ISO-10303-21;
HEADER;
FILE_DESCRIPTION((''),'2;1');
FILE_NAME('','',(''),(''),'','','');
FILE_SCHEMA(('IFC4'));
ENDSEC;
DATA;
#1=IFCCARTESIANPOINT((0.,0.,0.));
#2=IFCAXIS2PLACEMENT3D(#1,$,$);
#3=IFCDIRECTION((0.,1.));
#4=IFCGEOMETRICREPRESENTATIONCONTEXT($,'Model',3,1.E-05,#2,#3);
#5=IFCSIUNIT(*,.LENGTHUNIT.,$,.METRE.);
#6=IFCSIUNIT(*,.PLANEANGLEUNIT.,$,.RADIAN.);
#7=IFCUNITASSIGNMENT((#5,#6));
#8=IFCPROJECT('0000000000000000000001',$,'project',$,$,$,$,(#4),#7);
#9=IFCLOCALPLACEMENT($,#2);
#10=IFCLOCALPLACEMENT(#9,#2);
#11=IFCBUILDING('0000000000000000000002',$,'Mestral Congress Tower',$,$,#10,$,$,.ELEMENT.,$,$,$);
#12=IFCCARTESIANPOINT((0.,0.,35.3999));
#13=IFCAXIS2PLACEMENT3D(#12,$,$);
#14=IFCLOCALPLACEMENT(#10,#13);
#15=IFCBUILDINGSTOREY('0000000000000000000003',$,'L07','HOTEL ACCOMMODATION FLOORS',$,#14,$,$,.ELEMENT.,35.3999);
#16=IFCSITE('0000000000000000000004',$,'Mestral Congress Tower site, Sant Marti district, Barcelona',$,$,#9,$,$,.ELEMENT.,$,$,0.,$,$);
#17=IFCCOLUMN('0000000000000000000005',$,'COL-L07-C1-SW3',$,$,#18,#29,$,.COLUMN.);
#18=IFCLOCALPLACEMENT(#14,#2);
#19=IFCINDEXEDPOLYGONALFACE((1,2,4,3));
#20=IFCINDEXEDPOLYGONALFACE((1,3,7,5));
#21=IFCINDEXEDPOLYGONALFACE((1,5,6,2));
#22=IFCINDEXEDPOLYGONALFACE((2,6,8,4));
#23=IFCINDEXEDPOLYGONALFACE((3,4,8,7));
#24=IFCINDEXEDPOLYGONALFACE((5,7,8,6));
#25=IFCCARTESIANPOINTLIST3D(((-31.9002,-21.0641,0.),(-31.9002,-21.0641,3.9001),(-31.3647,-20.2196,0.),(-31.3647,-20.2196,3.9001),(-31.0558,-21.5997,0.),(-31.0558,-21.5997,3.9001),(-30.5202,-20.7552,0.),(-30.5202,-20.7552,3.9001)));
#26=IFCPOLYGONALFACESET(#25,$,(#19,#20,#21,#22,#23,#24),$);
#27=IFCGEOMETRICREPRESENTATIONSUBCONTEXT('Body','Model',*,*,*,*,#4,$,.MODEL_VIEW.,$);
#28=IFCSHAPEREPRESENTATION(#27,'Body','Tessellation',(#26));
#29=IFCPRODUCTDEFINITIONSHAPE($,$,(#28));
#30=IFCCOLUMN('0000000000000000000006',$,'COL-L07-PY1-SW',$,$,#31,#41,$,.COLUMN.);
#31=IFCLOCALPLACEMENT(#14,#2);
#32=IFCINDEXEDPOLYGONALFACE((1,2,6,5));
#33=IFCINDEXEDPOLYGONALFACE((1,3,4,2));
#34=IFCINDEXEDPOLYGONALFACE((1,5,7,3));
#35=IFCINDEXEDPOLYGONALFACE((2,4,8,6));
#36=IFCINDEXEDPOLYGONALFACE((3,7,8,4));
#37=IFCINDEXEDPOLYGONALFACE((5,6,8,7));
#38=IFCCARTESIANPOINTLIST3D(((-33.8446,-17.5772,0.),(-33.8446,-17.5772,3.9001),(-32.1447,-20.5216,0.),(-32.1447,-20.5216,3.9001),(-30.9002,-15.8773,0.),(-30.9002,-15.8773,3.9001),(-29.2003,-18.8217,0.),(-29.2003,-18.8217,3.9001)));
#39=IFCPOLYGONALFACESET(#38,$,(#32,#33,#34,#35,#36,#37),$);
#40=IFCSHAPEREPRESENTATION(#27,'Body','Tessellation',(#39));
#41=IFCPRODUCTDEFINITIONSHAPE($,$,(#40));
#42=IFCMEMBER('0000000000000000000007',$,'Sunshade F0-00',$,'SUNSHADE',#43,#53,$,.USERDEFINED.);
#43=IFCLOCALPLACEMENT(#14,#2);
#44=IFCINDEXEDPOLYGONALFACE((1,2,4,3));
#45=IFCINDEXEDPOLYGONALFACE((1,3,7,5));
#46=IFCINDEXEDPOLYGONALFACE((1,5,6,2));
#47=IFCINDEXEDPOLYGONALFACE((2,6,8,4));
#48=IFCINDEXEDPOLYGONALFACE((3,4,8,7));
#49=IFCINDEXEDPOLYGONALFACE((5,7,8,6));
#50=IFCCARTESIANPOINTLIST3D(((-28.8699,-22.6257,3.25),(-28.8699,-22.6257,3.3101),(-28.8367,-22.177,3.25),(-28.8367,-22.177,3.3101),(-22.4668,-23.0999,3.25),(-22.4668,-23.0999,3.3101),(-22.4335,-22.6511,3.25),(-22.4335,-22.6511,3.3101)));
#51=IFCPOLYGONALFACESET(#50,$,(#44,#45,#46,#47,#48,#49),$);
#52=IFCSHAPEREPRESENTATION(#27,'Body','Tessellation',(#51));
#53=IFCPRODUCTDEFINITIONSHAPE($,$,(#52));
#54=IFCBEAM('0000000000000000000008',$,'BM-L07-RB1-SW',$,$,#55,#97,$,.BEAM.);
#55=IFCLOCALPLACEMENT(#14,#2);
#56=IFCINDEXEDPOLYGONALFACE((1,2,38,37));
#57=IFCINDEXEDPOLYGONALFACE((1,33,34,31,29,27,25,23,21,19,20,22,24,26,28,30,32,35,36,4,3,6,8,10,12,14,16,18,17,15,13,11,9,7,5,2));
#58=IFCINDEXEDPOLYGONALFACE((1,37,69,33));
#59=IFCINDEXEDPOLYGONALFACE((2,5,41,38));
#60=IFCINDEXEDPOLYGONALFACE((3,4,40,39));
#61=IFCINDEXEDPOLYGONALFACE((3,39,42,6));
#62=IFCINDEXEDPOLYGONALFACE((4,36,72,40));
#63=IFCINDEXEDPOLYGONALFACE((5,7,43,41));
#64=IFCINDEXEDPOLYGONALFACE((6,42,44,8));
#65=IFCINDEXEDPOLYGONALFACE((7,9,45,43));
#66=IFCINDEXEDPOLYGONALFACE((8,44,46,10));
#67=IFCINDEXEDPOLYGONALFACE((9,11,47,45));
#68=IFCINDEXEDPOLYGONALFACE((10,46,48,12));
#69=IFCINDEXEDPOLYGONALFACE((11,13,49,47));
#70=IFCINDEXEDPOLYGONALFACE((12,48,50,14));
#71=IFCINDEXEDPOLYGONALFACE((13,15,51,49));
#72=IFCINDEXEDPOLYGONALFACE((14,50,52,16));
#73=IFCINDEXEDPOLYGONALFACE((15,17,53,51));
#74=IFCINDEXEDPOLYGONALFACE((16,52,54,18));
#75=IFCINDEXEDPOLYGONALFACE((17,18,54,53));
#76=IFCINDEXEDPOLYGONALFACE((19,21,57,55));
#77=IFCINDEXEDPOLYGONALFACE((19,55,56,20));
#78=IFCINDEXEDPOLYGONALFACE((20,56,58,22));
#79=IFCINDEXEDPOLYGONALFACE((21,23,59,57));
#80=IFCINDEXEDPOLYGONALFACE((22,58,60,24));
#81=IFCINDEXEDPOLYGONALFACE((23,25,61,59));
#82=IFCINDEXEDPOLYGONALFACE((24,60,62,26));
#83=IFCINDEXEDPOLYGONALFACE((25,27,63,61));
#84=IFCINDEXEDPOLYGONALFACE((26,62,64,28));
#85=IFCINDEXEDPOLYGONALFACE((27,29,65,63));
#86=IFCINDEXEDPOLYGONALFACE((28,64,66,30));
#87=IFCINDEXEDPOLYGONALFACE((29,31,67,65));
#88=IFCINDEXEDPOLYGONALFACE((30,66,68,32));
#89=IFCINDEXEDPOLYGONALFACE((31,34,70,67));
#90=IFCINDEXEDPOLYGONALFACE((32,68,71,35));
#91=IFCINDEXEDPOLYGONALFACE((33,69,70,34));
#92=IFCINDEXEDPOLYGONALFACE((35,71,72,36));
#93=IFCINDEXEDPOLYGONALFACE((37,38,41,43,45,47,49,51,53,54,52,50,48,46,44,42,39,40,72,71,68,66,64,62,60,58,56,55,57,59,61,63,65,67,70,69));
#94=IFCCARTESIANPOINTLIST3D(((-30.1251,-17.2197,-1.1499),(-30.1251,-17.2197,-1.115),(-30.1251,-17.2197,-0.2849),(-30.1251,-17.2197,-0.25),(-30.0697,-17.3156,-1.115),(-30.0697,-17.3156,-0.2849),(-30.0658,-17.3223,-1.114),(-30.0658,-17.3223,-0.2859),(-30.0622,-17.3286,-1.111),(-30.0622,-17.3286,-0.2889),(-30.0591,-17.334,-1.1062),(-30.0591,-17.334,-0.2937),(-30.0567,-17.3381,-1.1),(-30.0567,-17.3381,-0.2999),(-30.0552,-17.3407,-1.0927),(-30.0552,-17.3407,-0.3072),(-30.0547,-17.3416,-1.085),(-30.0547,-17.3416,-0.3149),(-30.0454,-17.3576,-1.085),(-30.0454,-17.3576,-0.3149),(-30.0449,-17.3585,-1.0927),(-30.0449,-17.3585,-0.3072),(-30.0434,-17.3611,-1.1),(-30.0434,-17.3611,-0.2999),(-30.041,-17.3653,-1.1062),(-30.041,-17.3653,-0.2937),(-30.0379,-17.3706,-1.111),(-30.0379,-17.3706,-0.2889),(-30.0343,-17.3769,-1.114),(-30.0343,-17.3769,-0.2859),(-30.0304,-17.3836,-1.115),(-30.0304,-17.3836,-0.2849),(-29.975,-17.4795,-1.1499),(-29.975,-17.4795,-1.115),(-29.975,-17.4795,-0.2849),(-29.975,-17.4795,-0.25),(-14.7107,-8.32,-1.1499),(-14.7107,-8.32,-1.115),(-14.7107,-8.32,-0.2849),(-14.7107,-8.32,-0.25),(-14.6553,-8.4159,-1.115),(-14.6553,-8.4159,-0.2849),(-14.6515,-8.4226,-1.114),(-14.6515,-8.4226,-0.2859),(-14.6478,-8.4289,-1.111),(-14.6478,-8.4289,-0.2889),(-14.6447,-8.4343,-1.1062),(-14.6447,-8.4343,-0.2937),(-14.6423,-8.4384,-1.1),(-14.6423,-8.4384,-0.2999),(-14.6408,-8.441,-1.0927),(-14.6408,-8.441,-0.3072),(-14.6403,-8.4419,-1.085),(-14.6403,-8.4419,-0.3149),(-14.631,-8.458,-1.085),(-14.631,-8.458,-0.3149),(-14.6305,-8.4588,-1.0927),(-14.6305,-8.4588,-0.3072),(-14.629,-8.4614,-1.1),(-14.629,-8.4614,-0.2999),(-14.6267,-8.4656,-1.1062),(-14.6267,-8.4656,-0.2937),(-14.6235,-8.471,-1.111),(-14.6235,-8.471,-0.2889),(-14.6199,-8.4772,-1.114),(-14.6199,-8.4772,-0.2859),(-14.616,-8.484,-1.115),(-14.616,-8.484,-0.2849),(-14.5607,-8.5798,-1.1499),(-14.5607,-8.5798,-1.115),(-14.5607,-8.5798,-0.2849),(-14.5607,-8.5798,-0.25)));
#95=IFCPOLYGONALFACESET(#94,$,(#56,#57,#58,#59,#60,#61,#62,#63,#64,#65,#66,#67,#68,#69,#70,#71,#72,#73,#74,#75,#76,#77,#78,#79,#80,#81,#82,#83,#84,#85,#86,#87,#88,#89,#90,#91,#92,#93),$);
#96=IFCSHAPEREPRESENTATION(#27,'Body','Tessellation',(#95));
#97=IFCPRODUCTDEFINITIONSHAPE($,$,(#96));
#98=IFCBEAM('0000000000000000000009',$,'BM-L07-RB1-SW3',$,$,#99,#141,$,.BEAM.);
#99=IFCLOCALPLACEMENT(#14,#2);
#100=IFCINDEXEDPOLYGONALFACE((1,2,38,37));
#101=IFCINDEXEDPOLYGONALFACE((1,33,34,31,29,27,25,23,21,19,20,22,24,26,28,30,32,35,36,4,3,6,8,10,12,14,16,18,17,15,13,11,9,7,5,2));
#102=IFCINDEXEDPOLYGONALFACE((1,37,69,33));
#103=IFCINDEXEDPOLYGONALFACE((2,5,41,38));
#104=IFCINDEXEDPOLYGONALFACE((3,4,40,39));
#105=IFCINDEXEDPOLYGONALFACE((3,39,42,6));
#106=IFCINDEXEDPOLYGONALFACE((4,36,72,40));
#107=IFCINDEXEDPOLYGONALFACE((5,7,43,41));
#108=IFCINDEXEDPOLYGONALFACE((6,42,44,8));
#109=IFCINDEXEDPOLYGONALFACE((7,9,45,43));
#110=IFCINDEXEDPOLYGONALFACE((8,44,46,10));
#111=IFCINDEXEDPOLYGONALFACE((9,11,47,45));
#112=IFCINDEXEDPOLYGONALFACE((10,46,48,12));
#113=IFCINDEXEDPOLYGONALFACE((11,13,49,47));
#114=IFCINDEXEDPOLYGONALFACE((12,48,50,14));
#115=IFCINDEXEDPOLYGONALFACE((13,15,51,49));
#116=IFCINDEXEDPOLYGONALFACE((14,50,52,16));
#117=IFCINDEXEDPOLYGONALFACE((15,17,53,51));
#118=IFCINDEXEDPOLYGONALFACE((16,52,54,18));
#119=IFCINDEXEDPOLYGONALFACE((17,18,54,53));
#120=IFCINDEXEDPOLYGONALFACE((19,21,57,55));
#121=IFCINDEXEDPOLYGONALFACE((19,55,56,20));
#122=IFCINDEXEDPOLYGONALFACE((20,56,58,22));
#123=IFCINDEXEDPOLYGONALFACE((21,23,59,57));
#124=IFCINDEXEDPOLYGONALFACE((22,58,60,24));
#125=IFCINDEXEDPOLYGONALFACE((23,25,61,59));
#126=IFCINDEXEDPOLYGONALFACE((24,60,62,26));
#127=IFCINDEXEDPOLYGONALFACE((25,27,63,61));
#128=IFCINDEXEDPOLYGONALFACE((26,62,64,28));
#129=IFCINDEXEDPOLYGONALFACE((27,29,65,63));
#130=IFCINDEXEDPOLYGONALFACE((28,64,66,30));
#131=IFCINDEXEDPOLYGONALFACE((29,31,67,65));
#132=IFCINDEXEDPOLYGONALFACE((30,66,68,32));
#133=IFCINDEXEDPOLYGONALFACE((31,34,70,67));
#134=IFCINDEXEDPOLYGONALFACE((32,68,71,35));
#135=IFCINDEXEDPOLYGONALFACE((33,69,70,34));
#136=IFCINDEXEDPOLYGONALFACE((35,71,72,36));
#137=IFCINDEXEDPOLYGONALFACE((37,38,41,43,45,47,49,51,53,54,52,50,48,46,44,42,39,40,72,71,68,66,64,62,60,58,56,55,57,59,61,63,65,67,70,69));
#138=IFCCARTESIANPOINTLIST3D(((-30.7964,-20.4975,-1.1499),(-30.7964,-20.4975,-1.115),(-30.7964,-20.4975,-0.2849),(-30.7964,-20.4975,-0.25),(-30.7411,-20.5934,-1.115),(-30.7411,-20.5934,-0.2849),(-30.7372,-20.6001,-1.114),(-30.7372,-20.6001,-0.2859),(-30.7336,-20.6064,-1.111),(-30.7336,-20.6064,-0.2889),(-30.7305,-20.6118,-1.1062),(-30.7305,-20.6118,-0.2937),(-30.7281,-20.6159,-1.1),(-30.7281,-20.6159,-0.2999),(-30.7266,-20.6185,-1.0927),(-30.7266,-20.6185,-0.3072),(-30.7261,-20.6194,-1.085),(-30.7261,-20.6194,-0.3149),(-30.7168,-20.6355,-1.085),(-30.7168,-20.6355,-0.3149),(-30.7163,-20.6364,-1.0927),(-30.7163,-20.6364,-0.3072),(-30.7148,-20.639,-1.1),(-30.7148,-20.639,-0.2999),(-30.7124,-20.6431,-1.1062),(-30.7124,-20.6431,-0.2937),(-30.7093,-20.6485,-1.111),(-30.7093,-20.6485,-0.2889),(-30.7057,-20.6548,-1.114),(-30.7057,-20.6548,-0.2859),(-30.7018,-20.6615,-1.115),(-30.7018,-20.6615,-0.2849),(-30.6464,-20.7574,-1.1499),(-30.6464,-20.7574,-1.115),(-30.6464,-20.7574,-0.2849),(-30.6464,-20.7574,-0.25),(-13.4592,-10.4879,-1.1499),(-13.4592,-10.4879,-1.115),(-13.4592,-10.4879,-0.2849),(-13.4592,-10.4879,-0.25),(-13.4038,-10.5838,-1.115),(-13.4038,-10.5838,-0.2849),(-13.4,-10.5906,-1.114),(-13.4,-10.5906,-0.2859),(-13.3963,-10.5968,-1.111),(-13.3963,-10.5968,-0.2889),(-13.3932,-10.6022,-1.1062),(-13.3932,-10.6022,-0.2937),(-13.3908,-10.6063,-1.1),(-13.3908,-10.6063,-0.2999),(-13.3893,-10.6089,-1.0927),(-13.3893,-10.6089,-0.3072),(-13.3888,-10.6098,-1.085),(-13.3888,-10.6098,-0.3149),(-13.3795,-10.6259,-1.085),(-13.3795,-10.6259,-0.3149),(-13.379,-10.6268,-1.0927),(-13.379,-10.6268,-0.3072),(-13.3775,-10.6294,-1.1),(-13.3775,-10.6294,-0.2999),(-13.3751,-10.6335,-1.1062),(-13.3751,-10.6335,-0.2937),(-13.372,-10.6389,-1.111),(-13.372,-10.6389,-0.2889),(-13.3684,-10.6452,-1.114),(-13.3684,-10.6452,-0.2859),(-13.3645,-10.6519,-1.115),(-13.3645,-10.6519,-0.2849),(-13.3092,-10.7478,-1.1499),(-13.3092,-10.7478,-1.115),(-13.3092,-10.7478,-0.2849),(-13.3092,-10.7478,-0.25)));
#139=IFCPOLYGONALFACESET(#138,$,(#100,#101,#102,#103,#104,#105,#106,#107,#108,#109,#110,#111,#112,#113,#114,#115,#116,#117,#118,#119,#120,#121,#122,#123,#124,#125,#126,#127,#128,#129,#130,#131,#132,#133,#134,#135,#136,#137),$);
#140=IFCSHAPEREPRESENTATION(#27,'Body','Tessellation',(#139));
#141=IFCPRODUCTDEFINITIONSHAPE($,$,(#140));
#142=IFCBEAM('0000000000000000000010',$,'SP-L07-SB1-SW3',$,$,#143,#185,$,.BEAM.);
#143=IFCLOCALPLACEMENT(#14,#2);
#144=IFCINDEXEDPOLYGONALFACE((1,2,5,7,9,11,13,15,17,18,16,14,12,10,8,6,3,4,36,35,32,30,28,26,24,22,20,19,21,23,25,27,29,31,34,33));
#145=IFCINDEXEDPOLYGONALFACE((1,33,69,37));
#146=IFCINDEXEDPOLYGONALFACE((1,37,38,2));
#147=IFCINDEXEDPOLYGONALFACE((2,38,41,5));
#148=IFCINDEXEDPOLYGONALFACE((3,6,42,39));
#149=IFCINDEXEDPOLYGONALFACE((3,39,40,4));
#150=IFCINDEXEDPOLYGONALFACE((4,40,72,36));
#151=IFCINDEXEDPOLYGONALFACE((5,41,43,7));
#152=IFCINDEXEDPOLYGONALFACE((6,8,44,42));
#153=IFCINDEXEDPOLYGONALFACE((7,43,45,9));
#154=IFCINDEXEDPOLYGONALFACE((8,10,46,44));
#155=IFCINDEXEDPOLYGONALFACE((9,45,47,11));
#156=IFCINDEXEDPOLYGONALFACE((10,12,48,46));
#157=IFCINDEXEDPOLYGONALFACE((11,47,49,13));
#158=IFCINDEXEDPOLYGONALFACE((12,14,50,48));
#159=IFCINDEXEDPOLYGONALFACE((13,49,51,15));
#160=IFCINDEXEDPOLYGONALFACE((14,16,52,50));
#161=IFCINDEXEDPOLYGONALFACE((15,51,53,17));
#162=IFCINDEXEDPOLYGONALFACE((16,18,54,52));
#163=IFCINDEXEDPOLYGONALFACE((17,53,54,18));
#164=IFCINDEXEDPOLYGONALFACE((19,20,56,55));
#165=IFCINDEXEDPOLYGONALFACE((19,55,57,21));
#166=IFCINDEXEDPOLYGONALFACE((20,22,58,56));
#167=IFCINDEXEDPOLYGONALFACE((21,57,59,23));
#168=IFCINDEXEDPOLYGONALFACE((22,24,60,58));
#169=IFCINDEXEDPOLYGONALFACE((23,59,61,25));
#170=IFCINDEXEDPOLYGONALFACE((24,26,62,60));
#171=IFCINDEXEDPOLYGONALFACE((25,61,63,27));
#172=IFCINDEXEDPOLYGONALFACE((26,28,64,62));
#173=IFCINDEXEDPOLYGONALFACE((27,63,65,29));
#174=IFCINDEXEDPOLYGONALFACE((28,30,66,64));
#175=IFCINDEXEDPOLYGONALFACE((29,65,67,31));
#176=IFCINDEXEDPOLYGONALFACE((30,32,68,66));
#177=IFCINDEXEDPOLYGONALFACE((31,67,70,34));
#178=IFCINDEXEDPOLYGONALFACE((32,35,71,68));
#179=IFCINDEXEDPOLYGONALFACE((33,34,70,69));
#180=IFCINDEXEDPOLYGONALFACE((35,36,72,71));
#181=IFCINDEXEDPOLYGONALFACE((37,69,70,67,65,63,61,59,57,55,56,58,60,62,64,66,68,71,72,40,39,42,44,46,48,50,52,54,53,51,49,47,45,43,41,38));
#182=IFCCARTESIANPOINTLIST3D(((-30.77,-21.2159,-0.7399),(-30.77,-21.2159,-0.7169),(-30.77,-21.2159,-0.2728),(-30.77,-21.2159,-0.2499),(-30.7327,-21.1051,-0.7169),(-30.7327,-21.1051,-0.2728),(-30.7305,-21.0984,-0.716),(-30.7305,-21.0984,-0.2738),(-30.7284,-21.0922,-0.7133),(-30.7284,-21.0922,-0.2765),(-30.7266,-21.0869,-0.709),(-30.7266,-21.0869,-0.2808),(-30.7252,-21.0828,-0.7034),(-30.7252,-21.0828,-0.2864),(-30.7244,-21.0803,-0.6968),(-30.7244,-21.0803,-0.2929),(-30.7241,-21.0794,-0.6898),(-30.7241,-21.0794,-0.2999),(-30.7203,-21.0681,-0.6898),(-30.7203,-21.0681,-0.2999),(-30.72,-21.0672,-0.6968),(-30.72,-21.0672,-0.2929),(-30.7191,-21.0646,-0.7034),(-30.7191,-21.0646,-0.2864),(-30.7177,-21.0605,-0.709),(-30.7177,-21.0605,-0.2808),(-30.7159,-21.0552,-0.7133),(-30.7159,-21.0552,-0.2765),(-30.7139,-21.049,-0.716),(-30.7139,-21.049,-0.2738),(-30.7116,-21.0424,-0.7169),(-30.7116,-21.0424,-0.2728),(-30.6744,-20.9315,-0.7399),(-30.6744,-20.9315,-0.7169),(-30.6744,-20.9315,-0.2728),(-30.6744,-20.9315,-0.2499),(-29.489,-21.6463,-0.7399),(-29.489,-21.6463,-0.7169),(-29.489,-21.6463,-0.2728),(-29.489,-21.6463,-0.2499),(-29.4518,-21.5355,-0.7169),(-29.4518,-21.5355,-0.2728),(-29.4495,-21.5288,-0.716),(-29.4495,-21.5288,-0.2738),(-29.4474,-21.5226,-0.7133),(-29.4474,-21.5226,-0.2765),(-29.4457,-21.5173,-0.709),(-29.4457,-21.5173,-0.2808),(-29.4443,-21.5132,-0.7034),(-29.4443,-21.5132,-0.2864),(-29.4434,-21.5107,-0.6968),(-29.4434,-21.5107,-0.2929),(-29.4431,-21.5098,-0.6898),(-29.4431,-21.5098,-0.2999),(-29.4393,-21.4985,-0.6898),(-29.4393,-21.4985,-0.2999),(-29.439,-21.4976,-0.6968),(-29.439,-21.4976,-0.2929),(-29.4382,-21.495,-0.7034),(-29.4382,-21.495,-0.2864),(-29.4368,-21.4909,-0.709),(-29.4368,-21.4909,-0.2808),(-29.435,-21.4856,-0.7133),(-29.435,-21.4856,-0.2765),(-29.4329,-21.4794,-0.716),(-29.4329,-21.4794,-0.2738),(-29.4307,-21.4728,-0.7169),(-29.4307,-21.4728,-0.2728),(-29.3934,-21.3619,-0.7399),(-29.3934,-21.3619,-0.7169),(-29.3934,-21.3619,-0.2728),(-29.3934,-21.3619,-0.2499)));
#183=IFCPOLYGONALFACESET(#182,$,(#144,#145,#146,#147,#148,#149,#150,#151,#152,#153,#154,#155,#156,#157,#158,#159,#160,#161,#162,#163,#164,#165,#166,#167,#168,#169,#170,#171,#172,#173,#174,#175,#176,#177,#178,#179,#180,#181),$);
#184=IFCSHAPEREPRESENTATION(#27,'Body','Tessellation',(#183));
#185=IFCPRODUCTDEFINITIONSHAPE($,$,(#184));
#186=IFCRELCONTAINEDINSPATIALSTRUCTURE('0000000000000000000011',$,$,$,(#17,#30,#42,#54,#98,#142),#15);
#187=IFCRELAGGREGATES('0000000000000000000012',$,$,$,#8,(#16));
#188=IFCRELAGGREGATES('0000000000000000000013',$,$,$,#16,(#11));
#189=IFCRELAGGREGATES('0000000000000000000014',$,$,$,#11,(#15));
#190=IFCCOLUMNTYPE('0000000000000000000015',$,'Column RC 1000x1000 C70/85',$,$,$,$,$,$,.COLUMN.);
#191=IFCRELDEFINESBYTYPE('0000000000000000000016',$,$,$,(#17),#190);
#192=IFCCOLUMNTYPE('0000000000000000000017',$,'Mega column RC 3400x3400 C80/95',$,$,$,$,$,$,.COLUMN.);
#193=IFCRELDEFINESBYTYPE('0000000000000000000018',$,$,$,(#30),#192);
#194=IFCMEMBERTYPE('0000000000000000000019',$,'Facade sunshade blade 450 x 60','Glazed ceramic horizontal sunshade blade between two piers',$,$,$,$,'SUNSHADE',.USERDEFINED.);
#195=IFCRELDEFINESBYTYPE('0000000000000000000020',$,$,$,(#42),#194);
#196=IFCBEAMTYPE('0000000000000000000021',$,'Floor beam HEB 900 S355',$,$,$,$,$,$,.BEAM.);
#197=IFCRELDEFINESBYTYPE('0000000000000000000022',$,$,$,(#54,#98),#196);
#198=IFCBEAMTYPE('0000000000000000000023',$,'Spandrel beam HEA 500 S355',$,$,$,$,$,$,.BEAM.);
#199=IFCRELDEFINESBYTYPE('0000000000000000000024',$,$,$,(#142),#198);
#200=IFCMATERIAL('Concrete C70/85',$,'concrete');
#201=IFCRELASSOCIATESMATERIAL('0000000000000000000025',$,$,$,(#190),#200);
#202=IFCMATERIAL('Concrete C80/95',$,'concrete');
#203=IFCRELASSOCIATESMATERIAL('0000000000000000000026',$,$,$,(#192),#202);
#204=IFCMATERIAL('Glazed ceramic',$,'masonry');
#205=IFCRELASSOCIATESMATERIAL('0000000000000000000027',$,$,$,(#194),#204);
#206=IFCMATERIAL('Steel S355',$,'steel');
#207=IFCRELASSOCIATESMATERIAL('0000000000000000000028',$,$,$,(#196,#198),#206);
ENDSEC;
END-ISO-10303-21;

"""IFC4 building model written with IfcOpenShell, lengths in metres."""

from ifc_helpers import new_model, si_unit, direction, frame, origin, origin_2d, place, context, subcontext, project, spatial, rectangle, i_section, extrude, material, material_profile, profile_set, type_object, element, save


model = new_model("IFC4")

# Units and contexts
model_context = context("Model", 3, precision=1e-05, world=origin(), true_north=direction((0.0, 1.0)))
body_context = subcontext(model_context, "Body", "Model", "MODEL_VIEW")
ifc_project = project(units=[si_unit("LENGTHUNIT", "METRE"), si_unit("PLANEANGLEUNIT", "RADIAN")], contexts=[model_context])

# Site, building, storey
site_placement = place(None, origin())
site = spatial("IfcSite", under=ifc_project, at=site_placement, Name="Mestral Congress Tower site, Sant Marti district, Barcelona", CompositionType="ELEMENT", RefElevation=0.0)
building_placement = place(site_placement, origin())
building = spatial("IfcBuilding", under=site, at=building_placement, Name="Mestral Congress Tower", CompositionType="ELEMENT")
storey_placement = place(building_placement, frame((0.0, 0.0, 35.3999)))
storey = spatial("IfcBuildingStorey", under=building, at=storey_placement, Name="L07", Description="HOTEL ACCOMMODATION FLOORS", CompositionType="ELEMENT", Elevation=35.3999)

# Columns
ifc_material_1 = material(Name="Concrete C70/85", Category="concrete")
ifc_material_profile_1 = material_profile(ifc_material_1, rectangle(XDim=1.0, YDim=1.0, at=origin_2d()), Name="RC 1000x1000")
ifc_profile_set_1 = profile_set([ifc_material_profile_1], Name="Concrete C70/85")
column_type_1 = type_object("IfcColumnType", Name="Column RC 1000x1000 C70/85", PredefinedType="COLUMN", material=ifc_profile_set_1)
column_1_placement = place(storey_placement, frame((-31.2102, -20.9097, 0.0), z_axis=(0.0, 0.0, 1.0), x_axis=(0.844485, -0.535579, 0.0)))
element("IfcColumn", 1, at=column_1_placement, inside=storey, type_object=column_type_1, Name="COL-L07-C1-SW3", PredefinedType="COLUMN", context=body_context, shape_type="SweptSolid", body=[
    extrude(rectangle(XDim=1.0, YDim=1.0, at=origin_2d()), origin(), (0.0, 0.0, 1.0), 3.9001),
])
ifc_material_2 = material(Name="Concrete C80/95", Category="concrete")
ifc_material_profile_2 = material_profile(ifc_material_2, rectangle(XDim=3.3999, YDim=3.3999, at=origin_2d()), Name="RC 3400x3400")
ifc_profile_set_2 = profile_set([ifc_material_profile_2], Name="Concrete C80/95")
column_type_2 = type_object("IfcColumnType", Name="Mega column RC 3400x3400 C80/95", PredefinedType="COLUMN", material=ifc_profile_set_2)
column_2_placement = place(storey_placement, frame((-31.5225, -18.1995, 0.0), z_axis=(0.0, 0.0, 1.0), x_axis=(-0.866025, -0.5, 0.0)))
element("IfcColumn", 2, at=column_2_placement, inside=storey, type_object=column_type_2, Name="COL-L07-PY1-SW", PredefinedType="COLUMN", context=body_context, shape_type="SweptSolid", body=[
    extrude(rectangle(XDim=3.3999, YDim=3.3999, at=origin_2d()), origin(), (0.0, 0.0, 1.0), 3.9001),
])

# Member
ifc_material_3 = material(Name="Glazed ceramic", Category="masonry")
ifc_material_profile_3 = material_profile(ifc_material_3, rectangle(XDim=0.45, YDim=0.0601, at=origin_2d()), Name="Ceramic blade 450 x 60")
ifc_profile_set_3 = profile_set([ifc_material_profile_3], Name="Glazed ceramic")
member_type = type_object("IfcMemberType", Name="Facade sunshade blade 450 x 60", Description="Glazed ceramic horizontal sunshade blade between two piers", ElementType="SUNSHADE", PredefinedType="USERDEFINED", material=ifc_profile_set_3)
member_placement = place(storey_placement, frame((-28.8533, -22.4014, 3.28), z_axis=(0.99727, -0.073844, 0.0), x_axis=(0.073844, 0.99727, 0.0)))
element("IfcMember", 3, at=member_placement, inside=storey, type_object=member_type, Name="Sunshade F0-00", ObjectType="SUNSHADE", PredefinedType="USERDEFINED", context=body_context, shape_type="SweptSolid", body=[
    extrude(rectangle(XDim=0.45, YDim=0.0601, at=origin_2d()), origin(), (0.0, 0.0, 1.0), 6.4207),
])

# Beams
ifc_material_4 = material(Name="Steel S355", Category="steel")
ifc_material_profile_4 = material_profile(ifc_material_4, i_section(OverallWidth=0.3, OverallDepth=0.8999, WebThickness=0.0186, FlangeThickness=0.0349, FilletRadius=0.03, at=origin_2d()), Name="HEB 900")
ifc_profile_set_4 = profile_set([ifc_material_profile_4], Name="Steel S355")
beam_type_1 = type_object("IfcBeamType", Name="Floor beam HEB 900 S355", PredefinedType="BEAM", material=ifc_profile_set_4)
beam_1_placement = place(storey_placement, frame((-30.05, -17.3496, -0.7), z_axis=(0.86602, 0.500009, 0.0), x_axis=(-0.500009, 0.86602, 0.0)))
element("IfcBeam", 4, at=beam_1_placement, inside=storey, type_object=beam_type_1, Name="BM-L07-RB1-SW", PredefinedType="BEAM", context=body_context, shape_type="SweptSolid", body=[
    extrude(i_section(OverallWidth=0.3, OverallDepth=0.8999, WebThickness=0.0186, FlangeThickness=0.0349, FilletRadius=0.03, at=origin_2d()), origin(), (0.0, 0.0, 1.0), 17.7991),
])
beam_2_placement = place(storey_placement, frame((-30.7214, -20.6274, -0.7), z_axis=(0.866027, 0.499997, 0.0), x_axis=(-0.499997, 0.866027, 0.0)))
element("IfcBeam", 5, at=beam_2_placement, inside=storey, type_object=beam_type_1, Name="BM-L07-RB1-SW3", PredefinedType="BEAM", context=body_context, shape_type="SweptSolid", body=[
    extrude(i_section(OverallWidth=0.3, OverallDepth=0.8999, WebThickness=0.0186, FlangeThickness=0.0349, FilletRadius=0.03, at=origin_2d()), origin(), (0.0, 0.0, 1.0), 20.0193),
])
ifc_material_profile_5 = material_profile(ifc_material_4, i_section(OverallWidth=0.3, OverallDepth=0.49, WebThickness=0.012, FlangeThickness=0.0229, FilletRadius=0.0271, at=origin_2d()), Name="HEA 500")
ifc_profile_set_5 = profile_set([ifc_material_profile_5], Name="Steel S355")
beam_type_2 = type_object("IfcBeamType", Name="Spandrel beam HEA 500 S355", PredefinedType="BEAM", material=ifc_profile_set_5)
beam_3_placement = place(storey_placement, frame((-30.7222, -21.0737, -0.4949), z_axis=(0.947922, -0.318503, 0.0), x_axis=(0.318503, 0.947922, 0.0)))
element("IfcBeam", 6, at=beam_3_placement, inside=storey, type_object=beam_type_2, Name="SP-L07-SB1-SW3", PredefinedType="BEAM", context=body_context, shape_type="SweptSolid", body=[
    extrude(i_section(OverallWidth=0.3, OverallDepth=0.49, WebThickness=0.012, FlangeThickness=0.0229, FilletRadius=0.0271, at=origin_2d()), origin(), (0.0, 0.0, 1.0), 1.3513),
])

save(model, "model.ifc")
